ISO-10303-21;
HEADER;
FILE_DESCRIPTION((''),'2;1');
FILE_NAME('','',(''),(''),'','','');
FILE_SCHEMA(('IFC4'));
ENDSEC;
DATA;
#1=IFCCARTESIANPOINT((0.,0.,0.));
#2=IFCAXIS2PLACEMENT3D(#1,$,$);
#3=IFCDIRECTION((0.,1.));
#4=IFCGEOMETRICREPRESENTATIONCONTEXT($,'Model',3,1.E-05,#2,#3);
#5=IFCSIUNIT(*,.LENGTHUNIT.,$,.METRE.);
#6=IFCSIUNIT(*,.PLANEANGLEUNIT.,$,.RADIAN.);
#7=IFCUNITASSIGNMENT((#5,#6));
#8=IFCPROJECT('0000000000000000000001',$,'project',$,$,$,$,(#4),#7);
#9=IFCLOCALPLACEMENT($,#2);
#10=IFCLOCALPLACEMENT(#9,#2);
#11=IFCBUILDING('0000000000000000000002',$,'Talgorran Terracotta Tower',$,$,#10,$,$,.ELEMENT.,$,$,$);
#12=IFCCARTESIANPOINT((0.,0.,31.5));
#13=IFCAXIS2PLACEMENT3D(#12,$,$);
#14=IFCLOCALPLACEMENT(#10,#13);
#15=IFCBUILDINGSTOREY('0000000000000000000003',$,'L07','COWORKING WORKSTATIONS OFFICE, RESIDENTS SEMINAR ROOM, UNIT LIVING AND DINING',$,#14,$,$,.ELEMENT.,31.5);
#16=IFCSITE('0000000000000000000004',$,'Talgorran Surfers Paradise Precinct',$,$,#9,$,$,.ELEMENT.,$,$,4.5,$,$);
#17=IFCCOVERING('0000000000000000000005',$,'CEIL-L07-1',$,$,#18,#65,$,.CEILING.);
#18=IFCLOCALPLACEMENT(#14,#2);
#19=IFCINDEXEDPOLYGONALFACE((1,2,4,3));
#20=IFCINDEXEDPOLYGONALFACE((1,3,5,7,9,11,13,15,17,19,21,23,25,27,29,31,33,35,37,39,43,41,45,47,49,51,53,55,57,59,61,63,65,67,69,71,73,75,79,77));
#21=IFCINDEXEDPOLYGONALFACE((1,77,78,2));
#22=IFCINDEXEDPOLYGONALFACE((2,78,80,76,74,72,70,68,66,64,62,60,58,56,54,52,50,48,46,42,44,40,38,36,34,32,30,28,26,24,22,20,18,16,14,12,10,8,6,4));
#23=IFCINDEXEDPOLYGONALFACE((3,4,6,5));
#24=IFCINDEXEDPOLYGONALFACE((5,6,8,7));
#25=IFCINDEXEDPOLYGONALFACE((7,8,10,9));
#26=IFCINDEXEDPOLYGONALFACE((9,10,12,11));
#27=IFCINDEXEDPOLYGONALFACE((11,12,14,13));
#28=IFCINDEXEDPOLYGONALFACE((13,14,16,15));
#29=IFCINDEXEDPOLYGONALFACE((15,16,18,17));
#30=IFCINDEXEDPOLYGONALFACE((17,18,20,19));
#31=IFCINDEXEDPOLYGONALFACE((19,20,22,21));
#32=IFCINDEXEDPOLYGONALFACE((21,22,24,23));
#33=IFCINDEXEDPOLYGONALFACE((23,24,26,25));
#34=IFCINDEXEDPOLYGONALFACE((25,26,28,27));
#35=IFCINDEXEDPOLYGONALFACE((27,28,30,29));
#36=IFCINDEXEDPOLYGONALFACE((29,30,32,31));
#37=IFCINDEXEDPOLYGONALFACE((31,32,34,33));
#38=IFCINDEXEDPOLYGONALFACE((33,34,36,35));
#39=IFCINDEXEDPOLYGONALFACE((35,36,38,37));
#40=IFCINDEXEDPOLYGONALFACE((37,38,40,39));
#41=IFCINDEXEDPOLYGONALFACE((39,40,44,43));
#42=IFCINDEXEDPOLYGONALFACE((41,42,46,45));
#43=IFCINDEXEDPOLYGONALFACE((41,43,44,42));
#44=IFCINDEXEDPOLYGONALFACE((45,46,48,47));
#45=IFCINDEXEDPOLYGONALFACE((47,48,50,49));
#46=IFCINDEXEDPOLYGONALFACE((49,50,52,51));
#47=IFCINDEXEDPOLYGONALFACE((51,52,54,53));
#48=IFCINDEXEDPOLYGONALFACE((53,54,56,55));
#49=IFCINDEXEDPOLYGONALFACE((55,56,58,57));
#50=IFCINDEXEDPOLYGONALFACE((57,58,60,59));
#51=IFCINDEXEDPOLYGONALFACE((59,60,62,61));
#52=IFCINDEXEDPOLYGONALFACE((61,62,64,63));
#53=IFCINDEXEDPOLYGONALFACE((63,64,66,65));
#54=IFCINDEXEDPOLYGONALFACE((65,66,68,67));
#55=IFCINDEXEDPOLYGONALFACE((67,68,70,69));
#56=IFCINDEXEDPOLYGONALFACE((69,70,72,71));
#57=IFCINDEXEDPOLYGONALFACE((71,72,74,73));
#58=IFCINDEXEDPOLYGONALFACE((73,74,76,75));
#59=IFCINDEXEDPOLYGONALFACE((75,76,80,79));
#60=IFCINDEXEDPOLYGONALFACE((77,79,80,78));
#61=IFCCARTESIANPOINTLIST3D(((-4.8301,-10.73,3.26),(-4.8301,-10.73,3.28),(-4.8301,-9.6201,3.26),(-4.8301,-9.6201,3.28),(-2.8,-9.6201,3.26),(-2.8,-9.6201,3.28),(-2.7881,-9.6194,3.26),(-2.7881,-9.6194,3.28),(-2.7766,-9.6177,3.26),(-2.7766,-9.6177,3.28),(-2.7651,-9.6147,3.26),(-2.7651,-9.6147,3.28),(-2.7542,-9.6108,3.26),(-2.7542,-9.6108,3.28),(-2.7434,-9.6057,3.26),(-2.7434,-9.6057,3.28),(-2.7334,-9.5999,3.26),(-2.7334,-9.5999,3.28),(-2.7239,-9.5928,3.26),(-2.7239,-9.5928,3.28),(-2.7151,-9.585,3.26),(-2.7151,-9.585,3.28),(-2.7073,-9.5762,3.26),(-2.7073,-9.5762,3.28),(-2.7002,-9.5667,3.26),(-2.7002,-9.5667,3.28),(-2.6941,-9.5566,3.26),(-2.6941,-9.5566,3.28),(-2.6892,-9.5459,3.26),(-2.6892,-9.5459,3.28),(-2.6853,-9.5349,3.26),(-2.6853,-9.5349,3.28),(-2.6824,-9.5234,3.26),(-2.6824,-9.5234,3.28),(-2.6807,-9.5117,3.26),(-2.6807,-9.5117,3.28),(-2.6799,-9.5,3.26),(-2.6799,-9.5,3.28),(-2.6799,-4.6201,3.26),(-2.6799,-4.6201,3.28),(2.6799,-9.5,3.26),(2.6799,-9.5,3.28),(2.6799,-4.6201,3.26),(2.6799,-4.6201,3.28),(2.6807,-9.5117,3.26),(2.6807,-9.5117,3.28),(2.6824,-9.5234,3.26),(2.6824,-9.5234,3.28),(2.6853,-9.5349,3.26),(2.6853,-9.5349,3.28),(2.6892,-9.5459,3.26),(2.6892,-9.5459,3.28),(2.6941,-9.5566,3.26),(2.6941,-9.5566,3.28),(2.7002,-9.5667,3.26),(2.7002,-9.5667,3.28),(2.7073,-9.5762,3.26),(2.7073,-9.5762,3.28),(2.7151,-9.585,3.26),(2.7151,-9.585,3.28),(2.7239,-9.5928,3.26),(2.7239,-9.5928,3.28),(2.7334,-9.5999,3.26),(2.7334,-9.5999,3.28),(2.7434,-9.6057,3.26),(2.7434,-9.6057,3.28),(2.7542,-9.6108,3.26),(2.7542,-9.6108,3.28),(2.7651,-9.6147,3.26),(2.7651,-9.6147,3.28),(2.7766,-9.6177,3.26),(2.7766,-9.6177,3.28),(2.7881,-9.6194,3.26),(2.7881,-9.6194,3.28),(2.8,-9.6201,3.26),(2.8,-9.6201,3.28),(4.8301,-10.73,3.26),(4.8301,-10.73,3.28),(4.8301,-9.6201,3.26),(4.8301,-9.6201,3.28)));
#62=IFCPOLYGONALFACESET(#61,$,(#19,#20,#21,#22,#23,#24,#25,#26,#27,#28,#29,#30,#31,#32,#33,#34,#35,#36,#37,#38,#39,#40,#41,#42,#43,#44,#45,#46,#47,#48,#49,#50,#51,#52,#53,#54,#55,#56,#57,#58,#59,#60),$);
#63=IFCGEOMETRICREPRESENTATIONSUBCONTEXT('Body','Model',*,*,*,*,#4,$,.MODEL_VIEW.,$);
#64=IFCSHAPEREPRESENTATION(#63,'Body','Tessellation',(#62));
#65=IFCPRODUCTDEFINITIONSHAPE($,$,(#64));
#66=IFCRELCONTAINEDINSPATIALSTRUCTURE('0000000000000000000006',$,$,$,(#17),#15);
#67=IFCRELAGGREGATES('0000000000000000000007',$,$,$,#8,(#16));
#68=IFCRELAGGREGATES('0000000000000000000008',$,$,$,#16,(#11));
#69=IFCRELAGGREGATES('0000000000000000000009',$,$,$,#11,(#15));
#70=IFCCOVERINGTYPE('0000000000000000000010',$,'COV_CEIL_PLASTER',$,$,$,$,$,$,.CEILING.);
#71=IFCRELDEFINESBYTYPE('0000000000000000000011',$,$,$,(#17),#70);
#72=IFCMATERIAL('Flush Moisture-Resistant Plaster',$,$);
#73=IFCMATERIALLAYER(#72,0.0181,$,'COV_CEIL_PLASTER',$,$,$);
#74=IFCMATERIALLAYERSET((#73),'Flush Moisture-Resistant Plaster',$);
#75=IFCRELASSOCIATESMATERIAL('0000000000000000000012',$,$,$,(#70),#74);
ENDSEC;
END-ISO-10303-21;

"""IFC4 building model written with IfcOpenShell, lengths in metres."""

from ifc_helpers import new_model, si_unit, direction, frame, origin, place, context, subcontext, project, spatial, polyline, outline, extrude, material, layer, layer_set, type_object, element, save


model = new_model("IFC4")

# Units and contexts
model_context = context("Model", 3, precision=1e-05, world=origin(), true_north=direction((0.0, 1.0)))
body_context = subcontext(model_context, "Body", "Model", "MODEL_VIEW")
ifc_project = project(units=[si_unit("LENGTHUNIT", "METRE"), si_unit("PLANEANGLEUNIT", "RADIAN")], contexts=[model_context])

# Site, building, storey
site_placement = place(None, origin())
site = spatial("IfcSite", under=ifc_project, at=site_placement, Name="Talgorran Surfers Paradise Precinct", CompositionType="ELEMENT", RefElevation=4.5)
building_placement = place(site_placement, origin())
building = spatial("IfcBuilding", under=site, at=building_placement, Name="Talgorran Terracotta Tower", CompositionType="ELEMENT")
storey_placement = place(building_placement, frame((0.0, 0.0, 31.5)))
storey = spatial("IfcBuildingStorey", under=building, at=storey_placement, Name="L07", Description="COWORKING WORKSTATIONS OFFICE, RESIDENTS SEMINAR ROOM, UNIT LIVING AND DINING", CompositionType="ELEMENT", Elevation=31.5)

# Covering
ifc_material_1 = material(Name="Flush Moisture-Resistant Plaster")
ifc_layer_1 = layer(ifc_material_1, 0.0181, Name="COV_CEIL_PLASTER")
ifc_layer_set_1 = layer_set([ifc_layer_1], Name="Flush Moisture-Resistant Plaster")
covering_type_1 = type_object("IfcCoveringType", Name="COV_CEIL_PLASTER", PredefinedType="CEILING", material=ifc_layer_set_1)
covering_1_placement = place(storey_placement, frame((0.0, 0.0, 3.26)))
element("IfcCovering", 1, at=covering_1_placement, inside=storey, type_object=covering_type_1, Name="CEIL-L07-1", PredefinedType="CEILING", context=body_context, shape_type="SweptSolid", body=[
    extrude(outline(polyline([(-4.8301, -9.6201), (-2.8, -9.6201), (-2.7881, -9.6194), (-2.7766, -9.6177), (-2.7651, -9.6147), (-2.7542, -9.6108), (-2.7434, -9.6057), (-2.7334, -9.5999), (-2.7239, -9.5928), (-2.7151, -9.585), (-2.7073, -9.5762), (-2.7002, -9.5667), (-2.6941, -9.5566), (-2.6892, -9.5459), (-2.6853, -9.5349), (-2.6824, -9.5234), (-2.6807, -9.5117), (-2.6799, -9.5), (-2.6799, -4.6201), (2.6799, -4.6201), (2.6799, -9.5), (2.6807, -9.5117), (2.6824, -9.5234), (2.6853, -9.5349), (2.6892, -9.5459), (2.6941, -9.5566), (2.7002, -9.5667), (2.7073, -9.5762), (2.7151, -9.585), (2.7239, -9.5928), (2.7334, -9.5999), (2.7434, -9.6057), (2.7542, -9.6108), (2.7651, -9.6147), (2.7766, -9.6177), (2.7881, -9.6194), (2.8, -9.6201), (4.8301, -9.6201), (4.8301, -10.73), (-4.8301, -10.73), (-4.8301, -9.6201)])), origin(), (0.0, 0.0, 1.0), 0.02),
])

save(model, "model.ifc")
